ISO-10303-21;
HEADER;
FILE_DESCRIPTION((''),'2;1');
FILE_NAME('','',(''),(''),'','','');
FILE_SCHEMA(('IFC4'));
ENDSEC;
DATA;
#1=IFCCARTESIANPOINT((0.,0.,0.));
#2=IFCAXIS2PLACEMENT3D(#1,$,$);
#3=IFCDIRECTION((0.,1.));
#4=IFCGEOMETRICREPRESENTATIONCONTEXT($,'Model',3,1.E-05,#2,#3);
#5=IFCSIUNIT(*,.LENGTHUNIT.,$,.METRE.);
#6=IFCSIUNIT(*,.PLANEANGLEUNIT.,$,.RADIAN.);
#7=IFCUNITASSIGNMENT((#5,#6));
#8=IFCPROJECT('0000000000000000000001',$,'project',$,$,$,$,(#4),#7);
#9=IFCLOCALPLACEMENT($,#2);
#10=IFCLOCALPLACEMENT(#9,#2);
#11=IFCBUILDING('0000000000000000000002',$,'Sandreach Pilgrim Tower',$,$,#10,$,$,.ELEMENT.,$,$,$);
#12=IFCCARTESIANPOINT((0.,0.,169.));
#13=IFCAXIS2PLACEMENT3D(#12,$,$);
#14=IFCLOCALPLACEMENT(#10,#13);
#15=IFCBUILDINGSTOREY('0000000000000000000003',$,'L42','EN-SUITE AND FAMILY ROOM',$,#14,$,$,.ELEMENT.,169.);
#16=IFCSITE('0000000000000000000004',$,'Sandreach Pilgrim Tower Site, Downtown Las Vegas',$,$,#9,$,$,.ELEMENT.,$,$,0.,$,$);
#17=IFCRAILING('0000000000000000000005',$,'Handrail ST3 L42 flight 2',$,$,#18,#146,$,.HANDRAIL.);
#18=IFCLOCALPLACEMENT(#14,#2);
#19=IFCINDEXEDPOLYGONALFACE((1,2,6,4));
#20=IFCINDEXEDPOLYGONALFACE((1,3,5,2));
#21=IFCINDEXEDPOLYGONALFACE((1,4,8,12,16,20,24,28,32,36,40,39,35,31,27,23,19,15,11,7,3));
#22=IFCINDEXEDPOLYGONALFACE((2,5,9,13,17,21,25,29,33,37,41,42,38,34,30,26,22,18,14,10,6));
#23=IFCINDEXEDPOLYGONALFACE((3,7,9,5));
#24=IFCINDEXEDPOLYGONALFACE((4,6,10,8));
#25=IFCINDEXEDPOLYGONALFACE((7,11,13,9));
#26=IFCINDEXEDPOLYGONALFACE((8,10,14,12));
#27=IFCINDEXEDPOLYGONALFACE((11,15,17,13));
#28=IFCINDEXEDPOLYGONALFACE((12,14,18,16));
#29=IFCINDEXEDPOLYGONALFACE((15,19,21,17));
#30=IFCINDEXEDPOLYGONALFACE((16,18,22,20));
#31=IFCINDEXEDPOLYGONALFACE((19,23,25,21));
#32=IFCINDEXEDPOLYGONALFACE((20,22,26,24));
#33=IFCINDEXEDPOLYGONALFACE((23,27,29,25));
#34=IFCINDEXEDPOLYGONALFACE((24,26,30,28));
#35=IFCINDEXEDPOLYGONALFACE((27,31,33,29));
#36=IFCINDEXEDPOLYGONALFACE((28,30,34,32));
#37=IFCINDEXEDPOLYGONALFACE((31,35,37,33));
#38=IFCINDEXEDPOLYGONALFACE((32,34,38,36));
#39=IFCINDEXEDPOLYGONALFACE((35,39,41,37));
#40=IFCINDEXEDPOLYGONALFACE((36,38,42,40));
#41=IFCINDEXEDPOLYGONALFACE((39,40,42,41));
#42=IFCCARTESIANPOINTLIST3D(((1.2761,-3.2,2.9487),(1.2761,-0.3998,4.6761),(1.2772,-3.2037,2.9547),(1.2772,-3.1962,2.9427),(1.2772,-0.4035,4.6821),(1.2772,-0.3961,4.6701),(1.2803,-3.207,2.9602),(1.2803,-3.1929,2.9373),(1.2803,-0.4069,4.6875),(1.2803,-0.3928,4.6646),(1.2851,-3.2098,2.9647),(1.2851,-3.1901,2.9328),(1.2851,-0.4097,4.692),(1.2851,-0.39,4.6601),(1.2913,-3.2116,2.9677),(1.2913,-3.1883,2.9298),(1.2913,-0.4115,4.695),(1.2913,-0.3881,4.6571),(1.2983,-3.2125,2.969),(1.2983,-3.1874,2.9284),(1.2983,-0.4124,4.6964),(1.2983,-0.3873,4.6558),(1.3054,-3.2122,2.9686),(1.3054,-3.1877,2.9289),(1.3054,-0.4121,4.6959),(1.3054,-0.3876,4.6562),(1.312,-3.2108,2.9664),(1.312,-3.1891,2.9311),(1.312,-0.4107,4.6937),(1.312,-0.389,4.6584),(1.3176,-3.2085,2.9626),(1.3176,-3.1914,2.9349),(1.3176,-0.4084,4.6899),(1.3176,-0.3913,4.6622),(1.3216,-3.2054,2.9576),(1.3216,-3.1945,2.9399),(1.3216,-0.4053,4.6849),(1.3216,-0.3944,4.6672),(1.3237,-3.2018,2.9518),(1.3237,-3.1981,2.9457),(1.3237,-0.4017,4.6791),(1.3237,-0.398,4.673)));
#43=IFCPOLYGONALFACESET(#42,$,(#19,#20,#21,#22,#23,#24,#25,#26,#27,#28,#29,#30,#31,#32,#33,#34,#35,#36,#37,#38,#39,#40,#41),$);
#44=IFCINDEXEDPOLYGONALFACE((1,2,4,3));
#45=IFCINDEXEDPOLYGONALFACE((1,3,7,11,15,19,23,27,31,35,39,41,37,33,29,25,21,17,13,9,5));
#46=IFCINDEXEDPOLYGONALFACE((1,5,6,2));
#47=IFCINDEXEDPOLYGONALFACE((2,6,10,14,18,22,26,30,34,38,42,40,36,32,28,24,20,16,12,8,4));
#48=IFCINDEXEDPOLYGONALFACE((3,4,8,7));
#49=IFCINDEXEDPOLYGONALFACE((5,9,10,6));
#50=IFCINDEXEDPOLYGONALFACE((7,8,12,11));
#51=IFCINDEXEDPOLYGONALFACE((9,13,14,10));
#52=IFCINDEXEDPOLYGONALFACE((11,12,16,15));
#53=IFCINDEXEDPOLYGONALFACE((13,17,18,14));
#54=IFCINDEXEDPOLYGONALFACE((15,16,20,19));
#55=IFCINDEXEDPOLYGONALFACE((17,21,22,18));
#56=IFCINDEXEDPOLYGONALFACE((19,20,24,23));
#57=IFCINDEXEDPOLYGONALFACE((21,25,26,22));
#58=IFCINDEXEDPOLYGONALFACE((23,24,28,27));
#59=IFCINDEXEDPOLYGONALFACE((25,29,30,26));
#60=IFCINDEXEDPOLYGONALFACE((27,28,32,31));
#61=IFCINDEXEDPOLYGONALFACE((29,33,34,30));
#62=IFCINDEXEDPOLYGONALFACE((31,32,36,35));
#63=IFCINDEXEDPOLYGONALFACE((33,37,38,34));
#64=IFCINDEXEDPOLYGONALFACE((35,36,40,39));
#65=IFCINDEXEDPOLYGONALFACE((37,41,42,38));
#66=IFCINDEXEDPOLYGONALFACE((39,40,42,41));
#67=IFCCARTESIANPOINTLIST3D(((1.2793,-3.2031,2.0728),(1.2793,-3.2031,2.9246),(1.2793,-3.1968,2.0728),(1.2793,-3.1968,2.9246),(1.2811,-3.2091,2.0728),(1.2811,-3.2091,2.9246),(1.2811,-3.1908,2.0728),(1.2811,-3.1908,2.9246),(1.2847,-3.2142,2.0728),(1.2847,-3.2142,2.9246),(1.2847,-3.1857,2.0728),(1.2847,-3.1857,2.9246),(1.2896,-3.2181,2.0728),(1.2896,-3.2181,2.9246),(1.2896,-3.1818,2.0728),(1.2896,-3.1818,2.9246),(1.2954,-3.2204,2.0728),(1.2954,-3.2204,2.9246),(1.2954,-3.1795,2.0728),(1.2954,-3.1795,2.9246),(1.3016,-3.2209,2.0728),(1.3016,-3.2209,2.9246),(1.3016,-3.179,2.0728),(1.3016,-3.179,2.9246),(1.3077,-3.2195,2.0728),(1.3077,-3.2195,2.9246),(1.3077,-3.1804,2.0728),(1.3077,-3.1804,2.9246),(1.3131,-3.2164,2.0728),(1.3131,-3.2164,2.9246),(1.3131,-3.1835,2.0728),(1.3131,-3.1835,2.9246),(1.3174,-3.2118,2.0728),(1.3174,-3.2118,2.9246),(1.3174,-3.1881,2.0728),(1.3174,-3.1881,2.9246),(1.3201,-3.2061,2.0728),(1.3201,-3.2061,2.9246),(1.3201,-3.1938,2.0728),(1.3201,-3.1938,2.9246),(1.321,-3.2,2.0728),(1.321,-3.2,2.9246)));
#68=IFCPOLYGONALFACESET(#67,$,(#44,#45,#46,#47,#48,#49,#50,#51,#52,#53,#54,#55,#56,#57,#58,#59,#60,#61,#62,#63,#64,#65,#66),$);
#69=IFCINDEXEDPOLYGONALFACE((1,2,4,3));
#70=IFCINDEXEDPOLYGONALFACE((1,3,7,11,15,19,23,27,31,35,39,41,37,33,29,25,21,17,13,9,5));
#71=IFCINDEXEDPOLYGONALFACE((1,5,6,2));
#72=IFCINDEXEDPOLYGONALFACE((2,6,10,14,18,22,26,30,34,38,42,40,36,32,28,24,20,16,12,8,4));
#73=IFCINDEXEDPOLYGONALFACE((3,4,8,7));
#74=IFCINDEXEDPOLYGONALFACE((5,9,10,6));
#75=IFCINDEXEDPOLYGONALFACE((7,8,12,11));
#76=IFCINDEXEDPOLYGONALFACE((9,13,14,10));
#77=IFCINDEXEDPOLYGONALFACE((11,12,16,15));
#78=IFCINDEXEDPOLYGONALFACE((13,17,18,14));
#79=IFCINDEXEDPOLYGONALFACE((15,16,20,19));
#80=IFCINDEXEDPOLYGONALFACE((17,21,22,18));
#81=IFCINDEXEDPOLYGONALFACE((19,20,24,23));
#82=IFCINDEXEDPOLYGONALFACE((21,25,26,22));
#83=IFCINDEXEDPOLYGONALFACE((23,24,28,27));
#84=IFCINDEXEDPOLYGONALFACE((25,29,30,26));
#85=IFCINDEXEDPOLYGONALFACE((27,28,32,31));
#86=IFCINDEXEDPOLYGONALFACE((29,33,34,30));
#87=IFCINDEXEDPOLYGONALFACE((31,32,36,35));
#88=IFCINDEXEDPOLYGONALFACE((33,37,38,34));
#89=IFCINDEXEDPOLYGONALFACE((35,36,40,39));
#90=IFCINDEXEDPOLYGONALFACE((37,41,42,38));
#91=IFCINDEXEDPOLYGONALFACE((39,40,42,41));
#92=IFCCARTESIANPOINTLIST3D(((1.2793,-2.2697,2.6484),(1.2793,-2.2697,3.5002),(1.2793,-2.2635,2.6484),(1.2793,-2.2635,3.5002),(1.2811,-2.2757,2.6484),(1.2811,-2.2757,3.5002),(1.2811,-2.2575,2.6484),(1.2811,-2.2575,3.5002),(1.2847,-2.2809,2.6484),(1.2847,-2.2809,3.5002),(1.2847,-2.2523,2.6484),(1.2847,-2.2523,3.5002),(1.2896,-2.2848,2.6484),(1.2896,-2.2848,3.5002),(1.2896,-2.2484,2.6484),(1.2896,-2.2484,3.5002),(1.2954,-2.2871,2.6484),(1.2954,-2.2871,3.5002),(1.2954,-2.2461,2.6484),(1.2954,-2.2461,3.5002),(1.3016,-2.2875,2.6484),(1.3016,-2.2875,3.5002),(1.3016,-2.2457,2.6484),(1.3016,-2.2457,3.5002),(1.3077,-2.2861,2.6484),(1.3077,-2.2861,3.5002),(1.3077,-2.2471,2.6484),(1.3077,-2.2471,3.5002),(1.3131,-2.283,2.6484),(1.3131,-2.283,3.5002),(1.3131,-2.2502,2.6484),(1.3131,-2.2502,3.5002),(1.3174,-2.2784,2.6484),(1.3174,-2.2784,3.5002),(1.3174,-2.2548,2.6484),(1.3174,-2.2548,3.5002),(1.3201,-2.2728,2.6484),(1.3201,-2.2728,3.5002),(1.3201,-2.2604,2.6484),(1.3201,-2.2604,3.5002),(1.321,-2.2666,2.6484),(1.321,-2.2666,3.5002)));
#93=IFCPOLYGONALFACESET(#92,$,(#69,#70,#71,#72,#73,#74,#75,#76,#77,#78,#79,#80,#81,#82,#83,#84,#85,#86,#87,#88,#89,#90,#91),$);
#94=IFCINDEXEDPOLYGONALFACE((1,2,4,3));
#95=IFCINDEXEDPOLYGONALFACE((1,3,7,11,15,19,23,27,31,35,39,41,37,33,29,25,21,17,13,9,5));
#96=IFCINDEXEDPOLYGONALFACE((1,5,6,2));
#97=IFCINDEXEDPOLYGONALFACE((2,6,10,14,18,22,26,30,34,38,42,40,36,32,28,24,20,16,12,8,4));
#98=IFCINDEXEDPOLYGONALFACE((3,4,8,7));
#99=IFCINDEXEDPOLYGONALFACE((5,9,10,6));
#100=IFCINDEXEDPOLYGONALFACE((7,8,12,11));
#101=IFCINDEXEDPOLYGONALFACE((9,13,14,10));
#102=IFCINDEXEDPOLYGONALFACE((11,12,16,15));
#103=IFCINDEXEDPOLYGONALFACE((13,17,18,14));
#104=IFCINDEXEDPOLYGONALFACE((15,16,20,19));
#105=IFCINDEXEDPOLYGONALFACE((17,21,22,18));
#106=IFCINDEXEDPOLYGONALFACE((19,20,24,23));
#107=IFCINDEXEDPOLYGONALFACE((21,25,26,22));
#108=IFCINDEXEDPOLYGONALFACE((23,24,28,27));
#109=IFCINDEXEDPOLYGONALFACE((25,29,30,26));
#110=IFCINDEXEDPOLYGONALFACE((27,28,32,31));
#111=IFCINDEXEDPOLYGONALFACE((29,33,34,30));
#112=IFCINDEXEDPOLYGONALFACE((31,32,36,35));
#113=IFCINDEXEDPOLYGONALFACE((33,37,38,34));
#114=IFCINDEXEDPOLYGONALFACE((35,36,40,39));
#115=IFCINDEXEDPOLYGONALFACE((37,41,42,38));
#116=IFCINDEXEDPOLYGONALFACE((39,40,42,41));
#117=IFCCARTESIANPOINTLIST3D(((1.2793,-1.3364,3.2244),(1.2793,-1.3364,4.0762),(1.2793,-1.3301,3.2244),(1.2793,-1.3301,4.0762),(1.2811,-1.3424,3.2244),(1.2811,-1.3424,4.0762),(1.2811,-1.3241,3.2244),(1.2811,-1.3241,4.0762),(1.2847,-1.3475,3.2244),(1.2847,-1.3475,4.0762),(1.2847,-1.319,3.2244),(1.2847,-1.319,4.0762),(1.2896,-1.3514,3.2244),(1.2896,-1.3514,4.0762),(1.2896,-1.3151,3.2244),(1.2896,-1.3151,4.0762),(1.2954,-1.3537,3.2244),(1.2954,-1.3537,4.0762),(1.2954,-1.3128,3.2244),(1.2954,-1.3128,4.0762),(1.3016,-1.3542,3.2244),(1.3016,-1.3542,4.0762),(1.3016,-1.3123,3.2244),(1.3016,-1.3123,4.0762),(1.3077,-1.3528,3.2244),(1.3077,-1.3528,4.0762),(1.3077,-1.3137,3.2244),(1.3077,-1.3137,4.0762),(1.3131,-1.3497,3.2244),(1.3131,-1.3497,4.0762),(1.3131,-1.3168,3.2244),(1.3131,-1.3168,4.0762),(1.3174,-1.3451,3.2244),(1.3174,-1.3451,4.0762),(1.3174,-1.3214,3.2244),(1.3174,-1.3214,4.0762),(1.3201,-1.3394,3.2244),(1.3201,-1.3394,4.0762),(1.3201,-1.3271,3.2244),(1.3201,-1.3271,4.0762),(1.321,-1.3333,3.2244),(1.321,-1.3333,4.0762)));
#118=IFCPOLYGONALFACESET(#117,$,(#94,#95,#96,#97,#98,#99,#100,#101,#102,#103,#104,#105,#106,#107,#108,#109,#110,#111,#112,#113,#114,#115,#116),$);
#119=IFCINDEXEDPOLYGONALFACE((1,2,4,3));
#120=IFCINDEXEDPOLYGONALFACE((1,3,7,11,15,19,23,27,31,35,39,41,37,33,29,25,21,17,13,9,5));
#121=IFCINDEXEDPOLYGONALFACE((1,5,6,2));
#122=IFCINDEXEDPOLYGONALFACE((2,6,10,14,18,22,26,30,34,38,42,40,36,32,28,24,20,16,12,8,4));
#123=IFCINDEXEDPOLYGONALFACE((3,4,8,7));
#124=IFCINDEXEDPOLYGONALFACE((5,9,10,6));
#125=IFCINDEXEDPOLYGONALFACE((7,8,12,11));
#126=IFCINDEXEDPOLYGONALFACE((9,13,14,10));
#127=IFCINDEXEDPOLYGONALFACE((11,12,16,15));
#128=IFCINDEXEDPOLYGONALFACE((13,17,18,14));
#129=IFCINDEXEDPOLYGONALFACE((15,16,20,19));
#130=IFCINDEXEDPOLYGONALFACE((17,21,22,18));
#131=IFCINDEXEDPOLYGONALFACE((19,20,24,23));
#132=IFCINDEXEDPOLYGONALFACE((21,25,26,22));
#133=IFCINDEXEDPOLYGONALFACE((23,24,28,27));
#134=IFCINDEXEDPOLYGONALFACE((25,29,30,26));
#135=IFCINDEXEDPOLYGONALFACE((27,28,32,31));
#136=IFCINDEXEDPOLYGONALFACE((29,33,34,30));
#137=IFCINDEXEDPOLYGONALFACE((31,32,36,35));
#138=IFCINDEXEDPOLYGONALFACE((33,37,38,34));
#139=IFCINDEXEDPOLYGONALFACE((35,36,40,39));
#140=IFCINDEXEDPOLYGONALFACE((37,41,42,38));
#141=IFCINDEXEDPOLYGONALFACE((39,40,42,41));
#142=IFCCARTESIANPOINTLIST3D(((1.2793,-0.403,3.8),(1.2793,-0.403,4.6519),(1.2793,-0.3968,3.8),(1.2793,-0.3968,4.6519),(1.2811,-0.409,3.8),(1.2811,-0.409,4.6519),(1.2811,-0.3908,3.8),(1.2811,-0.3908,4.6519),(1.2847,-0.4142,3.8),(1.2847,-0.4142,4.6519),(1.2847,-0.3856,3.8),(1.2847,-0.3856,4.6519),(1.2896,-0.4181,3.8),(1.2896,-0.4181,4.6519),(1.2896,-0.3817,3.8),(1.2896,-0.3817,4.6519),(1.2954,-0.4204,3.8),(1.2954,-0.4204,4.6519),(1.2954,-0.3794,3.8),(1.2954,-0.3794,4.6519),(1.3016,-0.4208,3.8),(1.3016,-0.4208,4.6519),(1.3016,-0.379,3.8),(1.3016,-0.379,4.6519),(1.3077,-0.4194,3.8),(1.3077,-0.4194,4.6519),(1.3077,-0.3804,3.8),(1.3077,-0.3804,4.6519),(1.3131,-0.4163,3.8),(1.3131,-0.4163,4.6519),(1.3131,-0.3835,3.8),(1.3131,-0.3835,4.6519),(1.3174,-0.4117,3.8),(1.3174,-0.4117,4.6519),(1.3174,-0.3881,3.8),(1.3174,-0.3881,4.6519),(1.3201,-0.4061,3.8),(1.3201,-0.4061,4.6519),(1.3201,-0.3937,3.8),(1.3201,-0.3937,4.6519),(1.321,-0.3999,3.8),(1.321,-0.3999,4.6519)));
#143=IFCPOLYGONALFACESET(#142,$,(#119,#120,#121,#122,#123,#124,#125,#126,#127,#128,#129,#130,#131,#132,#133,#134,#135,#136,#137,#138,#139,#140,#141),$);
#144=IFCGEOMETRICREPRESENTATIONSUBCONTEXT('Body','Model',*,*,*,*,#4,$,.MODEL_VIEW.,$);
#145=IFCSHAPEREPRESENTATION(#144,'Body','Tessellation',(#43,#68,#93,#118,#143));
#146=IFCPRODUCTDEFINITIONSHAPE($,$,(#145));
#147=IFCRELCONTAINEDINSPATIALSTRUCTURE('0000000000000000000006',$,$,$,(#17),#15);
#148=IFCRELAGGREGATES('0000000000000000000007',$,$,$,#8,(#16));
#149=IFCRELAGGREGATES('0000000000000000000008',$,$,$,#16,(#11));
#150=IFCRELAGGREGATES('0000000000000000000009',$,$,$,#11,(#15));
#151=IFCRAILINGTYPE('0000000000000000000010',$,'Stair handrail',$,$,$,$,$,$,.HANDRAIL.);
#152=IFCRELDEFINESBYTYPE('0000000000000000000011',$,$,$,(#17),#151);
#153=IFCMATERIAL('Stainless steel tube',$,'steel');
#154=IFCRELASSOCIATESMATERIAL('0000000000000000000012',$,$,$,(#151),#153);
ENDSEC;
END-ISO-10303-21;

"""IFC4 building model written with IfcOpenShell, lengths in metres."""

from ifc_helpers import new_model, si_unit, direction, frame, origin, origin_2d, place, context, subcontext, project, spatial, circle, extrude, material, type_object, element, save


model = new_model("IFC4")

# Units and contexts
model_context = context("Model", 3, precision=1e-05, world=origin(), true_north=direction((0.0, 1.0)))
body_context = subcontext(model_context, "Body", "Model", "MODEL_VIEW")
ifc_project = project(units=[si_unit("LENGTHUNIT", "METRE"), si_unit("PLANEANGLEUNIT", "RADIAN")], contexts=[model_context])

# Site, building, storey
site_placement = place(None, origin())
site = spatial("IfcSite", under=ifc_project, at=site_placement, Name="Sandreach Pilgrim Tower Site, Downtown Las Vegas", CompositionType="ELEMENT", RefElevation=0.0)
building_placement = place(site_placement, origin())
building = spatial("IfcBuilding", under=site, at=building_placement, Name="Sandreach Pilgrim Tower", CompositionType="ELEMENT")
storey_placement = place(building_placement, frame((0.0, 0.0, 169.0)))
storey = spatial("IfcBuildingStorey", under=building, at=storey_placement, Name="L42", Description="EN-SUITE AND FAMILY ROOM", CompositionType="ELEMENT", Elevation=169.0)

# Railing
ifc_material_1 = material(Name="Stainless steel tube", Category="steel")
railing_type = type_object("IfcRailingType", Name="Stair handrail", PredefinedType="HANDRAIL", material=ifc_material_1)
for number, where, name in (
    (1, (1.3, -3.2, 2.0728), "Handrail ST3 L42 flight 2"),
):
    element("IfcRailing", number, at=place(storey_placement, frame(where)), inside=storey, type_object=railing_type, Name=name, PredefinedType="HANDRAIL", context=body_context, shape_type="SweptSolid", body=[
        extrude(circle(Radius=0.0239, at=origin_2d()), frame((0.0, 0.0, 0.876), z_axis=(0.0, 0.85109, 0.52502), x_axis=(-1.0, 0.0, 0.0)), (0.0, 0.0, 1.0), 3.29),
        extrude(circle(Radius=0.021, at=origin_2d()), origin(), (0.0, 0.0, 1.0), 0.8518),
        extrude(circle(Radius=0.021, at=origin_2d()), frame((0.0, 0.9333, 0.5757)), (0.0, 0.0, 1.0), 0.8518),
        extrude(circle(Radius=0.021, at=origin_2d()), frame((0.0, 1.8667, 1.1516)), (0.0, 0.0, 1.0), 0.8518),
        extrude(circle(Radius=0.021, at=origin_2d()), frame((0.0, 2.8, 1.7273)), (0.0, 0.0, 1.0), 0.8518),
    ])

save(model, "model.ifc")
